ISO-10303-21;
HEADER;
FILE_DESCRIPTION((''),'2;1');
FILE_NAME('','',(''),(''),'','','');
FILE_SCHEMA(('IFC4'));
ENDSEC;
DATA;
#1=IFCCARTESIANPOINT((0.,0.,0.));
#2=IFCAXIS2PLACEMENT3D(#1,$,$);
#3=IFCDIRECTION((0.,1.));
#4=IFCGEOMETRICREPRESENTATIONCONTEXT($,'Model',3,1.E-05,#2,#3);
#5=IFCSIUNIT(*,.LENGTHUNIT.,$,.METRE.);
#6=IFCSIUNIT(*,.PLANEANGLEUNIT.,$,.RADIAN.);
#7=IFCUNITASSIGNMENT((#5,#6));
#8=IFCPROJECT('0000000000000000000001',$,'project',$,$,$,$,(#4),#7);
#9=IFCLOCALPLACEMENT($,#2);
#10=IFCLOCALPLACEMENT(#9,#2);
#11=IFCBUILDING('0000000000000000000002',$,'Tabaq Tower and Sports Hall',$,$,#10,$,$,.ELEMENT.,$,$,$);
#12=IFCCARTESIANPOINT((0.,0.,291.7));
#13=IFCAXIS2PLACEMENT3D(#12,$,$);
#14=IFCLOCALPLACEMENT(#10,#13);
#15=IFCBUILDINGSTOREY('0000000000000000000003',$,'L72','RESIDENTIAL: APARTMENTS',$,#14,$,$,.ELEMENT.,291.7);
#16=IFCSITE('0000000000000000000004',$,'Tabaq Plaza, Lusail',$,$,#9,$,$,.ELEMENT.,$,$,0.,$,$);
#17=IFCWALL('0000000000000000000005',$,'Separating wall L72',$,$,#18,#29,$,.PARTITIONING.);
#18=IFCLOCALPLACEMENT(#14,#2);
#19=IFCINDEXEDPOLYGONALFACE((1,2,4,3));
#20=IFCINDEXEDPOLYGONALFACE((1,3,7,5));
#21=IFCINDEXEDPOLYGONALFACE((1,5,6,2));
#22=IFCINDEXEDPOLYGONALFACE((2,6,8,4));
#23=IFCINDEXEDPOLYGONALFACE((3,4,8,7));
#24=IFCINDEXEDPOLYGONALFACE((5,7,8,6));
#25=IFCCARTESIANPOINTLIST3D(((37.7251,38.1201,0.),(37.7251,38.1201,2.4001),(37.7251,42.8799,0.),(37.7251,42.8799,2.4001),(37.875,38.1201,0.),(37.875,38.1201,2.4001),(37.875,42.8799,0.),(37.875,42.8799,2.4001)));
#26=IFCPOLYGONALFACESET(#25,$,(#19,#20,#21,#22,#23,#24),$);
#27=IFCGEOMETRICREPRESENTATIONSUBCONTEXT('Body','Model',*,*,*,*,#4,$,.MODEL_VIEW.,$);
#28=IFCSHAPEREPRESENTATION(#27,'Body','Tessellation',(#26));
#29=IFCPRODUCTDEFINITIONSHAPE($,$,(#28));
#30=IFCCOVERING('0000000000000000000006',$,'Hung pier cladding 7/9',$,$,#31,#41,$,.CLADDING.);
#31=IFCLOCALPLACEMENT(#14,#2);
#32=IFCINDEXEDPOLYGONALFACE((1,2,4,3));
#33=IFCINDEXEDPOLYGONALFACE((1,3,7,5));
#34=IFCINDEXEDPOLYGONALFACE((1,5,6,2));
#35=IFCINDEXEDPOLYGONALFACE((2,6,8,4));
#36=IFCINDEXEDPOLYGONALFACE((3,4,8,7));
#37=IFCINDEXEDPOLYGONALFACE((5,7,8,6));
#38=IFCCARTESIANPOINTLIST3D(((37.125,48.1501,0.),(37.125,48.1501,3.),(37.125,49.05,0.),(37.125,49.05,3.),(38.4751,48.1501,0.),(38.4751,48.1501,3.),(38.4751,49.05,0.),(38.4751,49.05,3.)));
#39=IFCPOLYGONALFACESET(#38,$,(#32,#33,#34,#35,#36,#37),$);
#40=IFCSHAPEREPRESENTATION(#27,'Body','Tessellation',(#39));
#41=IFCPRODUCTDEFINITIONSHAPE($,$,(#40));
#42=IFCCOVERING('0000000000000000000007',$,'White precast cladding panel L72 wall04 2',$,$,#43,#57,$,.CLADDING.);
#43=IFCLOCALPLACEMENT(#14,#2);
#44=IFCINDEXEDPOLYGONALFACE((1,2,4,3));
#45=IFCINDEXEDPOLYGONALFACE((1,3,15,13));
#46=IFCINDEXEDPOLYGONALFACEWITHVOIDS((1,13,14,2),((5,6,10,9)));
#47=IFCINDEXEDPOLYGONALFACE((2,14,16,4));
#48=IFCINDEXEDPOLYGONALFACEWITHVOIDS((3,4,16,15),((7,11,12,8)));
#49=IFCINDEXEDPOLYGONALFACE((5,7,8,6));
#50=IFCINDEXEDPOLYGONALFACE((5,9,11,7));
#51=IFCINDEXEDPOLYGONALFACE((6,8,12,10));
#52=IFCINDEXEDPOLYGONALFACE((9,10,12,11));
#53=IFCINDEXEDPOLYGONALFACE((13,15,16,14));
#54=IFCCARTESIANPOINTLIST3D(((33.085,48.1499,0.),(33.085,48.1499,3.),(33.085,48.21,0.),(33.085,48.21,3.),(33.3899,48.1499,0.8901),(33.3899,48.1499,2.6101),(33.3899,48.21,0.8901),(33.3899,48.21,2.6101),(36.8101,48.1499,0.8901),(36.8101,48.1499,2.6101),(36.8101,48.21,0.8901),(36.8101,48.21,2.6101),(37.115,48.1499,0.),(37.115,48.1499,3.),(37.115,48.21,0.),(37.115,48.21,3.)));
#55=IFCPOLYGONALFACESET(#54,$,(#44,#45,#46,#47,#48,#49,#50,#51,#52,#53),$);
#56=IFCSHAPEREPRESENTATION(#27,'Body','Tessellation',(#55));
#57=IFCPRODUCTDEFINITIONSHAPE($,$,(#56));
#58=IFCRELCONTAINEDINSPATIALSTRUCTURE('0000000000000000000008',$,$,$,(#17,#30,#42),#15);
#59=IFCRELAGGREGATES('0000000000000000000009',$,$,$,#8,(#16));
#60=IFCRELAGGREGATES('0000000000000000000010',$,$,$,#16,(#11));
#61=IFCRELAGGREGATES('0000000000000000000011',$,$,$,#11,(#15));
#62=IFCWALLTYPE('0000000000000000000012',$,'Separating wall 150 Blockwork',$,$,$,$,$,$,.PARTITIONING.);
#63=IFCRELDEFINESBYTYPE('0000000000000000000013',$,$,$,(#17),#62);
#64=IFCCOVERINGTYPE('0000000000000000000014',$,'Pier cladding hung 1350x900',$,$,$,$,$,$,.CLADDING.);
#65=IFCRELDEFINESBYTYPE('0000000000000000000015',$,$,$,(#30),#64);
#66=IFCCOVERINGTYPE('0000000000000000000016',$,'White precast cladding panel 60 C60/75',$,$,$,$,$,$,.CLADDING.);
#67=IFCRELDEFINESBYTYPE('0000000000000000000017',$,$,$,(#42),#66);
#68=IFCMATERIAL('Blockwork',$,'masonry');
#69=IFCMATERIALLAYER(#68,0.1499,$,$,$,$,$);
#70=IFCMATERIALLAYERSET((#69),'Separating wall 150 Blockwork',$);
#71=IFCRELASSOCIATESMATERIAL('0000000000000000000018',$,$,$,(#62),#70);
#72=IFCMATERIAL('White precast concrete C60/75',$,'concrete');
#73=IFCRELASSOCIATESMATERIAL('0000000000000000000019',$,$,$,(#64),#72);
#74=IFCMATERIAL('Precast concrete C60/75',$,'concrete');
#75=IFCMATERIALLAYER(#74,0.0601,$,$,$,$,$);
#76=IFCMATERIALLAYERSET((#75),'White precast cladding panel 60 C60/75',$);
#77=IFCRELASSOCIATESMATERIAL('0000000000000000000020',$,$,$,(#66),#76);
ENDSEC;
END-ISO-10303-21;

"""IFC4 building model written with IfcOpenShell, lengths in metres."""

from ifc_helpers import new_model, si_unit, direction, frame, frame_2d, origin, place, context, subcontext, project, spatial, polyline, rectangle, outline, extrude, material, layer, layer_set, type_object, element, save


model = new_model("IFC4")

# Units and contexts
model_context = context("Model", 3, precision=1e-05, world=origin(), true_north=direction((0.0, 1.0)))
body_context = subcontext(model_context, "Body", "Model", "MODEL_VIEW")
ifc_project = project(units=[si_unit("LENGTHUNIT", "METRE"), si_unit("PLANEANGLEUNIT", "RADIAN")], contexts=[model_context])

# Site, building, storey
site_placement = place(None, origin())
site = spatial("IfcSite", under=ifc_project, at=site_placement, Name="Tabaq Plaza, Lusail", CompositionType="ELEMENT", RefElevation=0.0)
building_placement = place(site_placement, origin())
building = spatial("IfcBuilding", under=site, at=building_placement, Name="Tabaq Tower and Sports Hall", CompositionType="ELEMENT")
storey_placement = place(building_placement, frame((0.0, 0.0, 291.7)))
storey = spatial("IfcBuildingStorey", under=building, at=storey_placement, Name="L72", Description="RESIDENTIAL: APARTMENTS", CompositionType="ELEMENT", Elevation=291.7)

# Wall
ifc_material_1 = material(Name="Blockwork", Category="masonry")
ifc_layer_1 = layer(ifc_material_1, 0.1499)
ifc_layer_set_1 = layer_set([ifc_layer_1], Name="Separating wall 150 Blockwork")
wall_type_1 = type_object("IfcWallType", Name="Separating wall 150 Blockwork", PredefinedType="PARTITIONING", material=ifc_layer_set_1)
wall_1_placement = place(storey_placement, frame((37.8, 38.1201, 0.0), z_axis=(0.0, 0.0, 1.0), x_axis=(0.0, 1.0, 0.0)))
element("IfcWall", 1, at=wall_1_placement, inside=storey, type_object=wall_type_1, Name="Separating wall L72", PredefinedType="PARTITIONING", context=body_context, shape_type="SweptSolid", body=[
    extrude(rectangle(XDim=4.7598, YDim=0.1499, at=frame_2d((2.3799, 0.0))), origin(), (0.0, 0.0, 1.0), 2.4001),
])

# Coverings
ifc_material_2 = material(Name="White precast concrete C60/75", Category="concrete")
covering_type_1 = type_object("IfcCoveringType", Name="Pier cladding hung 1350x900", PredefinedType="CLADDING", material=ifc_material_2)
covering_1_placement = place(storey_placement, frame((38.4751, 48.6001, 0.0), z_axis=(0.0, 0.0, 1.0), x_axis=(-1.0, 0.0, 0.0)))
element("IfcCovering", 2, at=covering_1_placement, inside=storey, type_object=covering_type_1, Name="Hung pier cladding 7/9", PredefinedType="CLADDING", context=body_context, shape_type="SweptSolid", body=[
    extrude(rectangle(XDim=1.3501, YDim=0.8999, at=frame_2d((0.675, 0.0))), origin(), (0.0, 0.0, 1.0), 3.0),
])
ifc_material_3 = material(Name="Precast concrete C60/75", Category="concrete")
ifc_layer_2 = layer(ifc_material_3, 0.0601)
ifc_layer_set_2 = layer_set([ifc_layer_2], Name="White precast cladding panel 60 C60/75")
covering_type_2 = type_object("IfcCoveringType", Name="White precast cladding panel 60 C60/75", PredefinedType="CLADDING", material=ifc_layer_set_2)
covering_2_placement = place(storey_placement, frame((37.115, 48.1799, 0.0), z_axis=(0.0, 0.0, 1.0), x_axis=(-1.0, 0.0, 0.0)))
element("IfcCovering", 3, at=covering_2_placement, inside=storey, type_object=covering_type_2, Name="White precast cladding panel L72 wall04 2", PredefinedType="CLADDING", context=body_context, shape_type="SweptSolid", body=[
    extrude(outline(polyline([(0.0, 0.0), (4.03, 0.0), (4.03, 3.0), (0.0, 3.0), (0.0, 0.0)]), holes=[polyline([(0.3049, 0.8901), (0.3049, 2.6101), (3.7251, 2.6101), (3.7251, 0.8901), (0.3049, 0.8901)])]), frame((0.0, 0.03, 0.0), z_axis=(0.0, -1.0, 0.0), x_axis=(1.0, 0.0, 0.0)), (0.0, 0.0, 1.0), 0.0601),
])

save(model, "model.ifc")
